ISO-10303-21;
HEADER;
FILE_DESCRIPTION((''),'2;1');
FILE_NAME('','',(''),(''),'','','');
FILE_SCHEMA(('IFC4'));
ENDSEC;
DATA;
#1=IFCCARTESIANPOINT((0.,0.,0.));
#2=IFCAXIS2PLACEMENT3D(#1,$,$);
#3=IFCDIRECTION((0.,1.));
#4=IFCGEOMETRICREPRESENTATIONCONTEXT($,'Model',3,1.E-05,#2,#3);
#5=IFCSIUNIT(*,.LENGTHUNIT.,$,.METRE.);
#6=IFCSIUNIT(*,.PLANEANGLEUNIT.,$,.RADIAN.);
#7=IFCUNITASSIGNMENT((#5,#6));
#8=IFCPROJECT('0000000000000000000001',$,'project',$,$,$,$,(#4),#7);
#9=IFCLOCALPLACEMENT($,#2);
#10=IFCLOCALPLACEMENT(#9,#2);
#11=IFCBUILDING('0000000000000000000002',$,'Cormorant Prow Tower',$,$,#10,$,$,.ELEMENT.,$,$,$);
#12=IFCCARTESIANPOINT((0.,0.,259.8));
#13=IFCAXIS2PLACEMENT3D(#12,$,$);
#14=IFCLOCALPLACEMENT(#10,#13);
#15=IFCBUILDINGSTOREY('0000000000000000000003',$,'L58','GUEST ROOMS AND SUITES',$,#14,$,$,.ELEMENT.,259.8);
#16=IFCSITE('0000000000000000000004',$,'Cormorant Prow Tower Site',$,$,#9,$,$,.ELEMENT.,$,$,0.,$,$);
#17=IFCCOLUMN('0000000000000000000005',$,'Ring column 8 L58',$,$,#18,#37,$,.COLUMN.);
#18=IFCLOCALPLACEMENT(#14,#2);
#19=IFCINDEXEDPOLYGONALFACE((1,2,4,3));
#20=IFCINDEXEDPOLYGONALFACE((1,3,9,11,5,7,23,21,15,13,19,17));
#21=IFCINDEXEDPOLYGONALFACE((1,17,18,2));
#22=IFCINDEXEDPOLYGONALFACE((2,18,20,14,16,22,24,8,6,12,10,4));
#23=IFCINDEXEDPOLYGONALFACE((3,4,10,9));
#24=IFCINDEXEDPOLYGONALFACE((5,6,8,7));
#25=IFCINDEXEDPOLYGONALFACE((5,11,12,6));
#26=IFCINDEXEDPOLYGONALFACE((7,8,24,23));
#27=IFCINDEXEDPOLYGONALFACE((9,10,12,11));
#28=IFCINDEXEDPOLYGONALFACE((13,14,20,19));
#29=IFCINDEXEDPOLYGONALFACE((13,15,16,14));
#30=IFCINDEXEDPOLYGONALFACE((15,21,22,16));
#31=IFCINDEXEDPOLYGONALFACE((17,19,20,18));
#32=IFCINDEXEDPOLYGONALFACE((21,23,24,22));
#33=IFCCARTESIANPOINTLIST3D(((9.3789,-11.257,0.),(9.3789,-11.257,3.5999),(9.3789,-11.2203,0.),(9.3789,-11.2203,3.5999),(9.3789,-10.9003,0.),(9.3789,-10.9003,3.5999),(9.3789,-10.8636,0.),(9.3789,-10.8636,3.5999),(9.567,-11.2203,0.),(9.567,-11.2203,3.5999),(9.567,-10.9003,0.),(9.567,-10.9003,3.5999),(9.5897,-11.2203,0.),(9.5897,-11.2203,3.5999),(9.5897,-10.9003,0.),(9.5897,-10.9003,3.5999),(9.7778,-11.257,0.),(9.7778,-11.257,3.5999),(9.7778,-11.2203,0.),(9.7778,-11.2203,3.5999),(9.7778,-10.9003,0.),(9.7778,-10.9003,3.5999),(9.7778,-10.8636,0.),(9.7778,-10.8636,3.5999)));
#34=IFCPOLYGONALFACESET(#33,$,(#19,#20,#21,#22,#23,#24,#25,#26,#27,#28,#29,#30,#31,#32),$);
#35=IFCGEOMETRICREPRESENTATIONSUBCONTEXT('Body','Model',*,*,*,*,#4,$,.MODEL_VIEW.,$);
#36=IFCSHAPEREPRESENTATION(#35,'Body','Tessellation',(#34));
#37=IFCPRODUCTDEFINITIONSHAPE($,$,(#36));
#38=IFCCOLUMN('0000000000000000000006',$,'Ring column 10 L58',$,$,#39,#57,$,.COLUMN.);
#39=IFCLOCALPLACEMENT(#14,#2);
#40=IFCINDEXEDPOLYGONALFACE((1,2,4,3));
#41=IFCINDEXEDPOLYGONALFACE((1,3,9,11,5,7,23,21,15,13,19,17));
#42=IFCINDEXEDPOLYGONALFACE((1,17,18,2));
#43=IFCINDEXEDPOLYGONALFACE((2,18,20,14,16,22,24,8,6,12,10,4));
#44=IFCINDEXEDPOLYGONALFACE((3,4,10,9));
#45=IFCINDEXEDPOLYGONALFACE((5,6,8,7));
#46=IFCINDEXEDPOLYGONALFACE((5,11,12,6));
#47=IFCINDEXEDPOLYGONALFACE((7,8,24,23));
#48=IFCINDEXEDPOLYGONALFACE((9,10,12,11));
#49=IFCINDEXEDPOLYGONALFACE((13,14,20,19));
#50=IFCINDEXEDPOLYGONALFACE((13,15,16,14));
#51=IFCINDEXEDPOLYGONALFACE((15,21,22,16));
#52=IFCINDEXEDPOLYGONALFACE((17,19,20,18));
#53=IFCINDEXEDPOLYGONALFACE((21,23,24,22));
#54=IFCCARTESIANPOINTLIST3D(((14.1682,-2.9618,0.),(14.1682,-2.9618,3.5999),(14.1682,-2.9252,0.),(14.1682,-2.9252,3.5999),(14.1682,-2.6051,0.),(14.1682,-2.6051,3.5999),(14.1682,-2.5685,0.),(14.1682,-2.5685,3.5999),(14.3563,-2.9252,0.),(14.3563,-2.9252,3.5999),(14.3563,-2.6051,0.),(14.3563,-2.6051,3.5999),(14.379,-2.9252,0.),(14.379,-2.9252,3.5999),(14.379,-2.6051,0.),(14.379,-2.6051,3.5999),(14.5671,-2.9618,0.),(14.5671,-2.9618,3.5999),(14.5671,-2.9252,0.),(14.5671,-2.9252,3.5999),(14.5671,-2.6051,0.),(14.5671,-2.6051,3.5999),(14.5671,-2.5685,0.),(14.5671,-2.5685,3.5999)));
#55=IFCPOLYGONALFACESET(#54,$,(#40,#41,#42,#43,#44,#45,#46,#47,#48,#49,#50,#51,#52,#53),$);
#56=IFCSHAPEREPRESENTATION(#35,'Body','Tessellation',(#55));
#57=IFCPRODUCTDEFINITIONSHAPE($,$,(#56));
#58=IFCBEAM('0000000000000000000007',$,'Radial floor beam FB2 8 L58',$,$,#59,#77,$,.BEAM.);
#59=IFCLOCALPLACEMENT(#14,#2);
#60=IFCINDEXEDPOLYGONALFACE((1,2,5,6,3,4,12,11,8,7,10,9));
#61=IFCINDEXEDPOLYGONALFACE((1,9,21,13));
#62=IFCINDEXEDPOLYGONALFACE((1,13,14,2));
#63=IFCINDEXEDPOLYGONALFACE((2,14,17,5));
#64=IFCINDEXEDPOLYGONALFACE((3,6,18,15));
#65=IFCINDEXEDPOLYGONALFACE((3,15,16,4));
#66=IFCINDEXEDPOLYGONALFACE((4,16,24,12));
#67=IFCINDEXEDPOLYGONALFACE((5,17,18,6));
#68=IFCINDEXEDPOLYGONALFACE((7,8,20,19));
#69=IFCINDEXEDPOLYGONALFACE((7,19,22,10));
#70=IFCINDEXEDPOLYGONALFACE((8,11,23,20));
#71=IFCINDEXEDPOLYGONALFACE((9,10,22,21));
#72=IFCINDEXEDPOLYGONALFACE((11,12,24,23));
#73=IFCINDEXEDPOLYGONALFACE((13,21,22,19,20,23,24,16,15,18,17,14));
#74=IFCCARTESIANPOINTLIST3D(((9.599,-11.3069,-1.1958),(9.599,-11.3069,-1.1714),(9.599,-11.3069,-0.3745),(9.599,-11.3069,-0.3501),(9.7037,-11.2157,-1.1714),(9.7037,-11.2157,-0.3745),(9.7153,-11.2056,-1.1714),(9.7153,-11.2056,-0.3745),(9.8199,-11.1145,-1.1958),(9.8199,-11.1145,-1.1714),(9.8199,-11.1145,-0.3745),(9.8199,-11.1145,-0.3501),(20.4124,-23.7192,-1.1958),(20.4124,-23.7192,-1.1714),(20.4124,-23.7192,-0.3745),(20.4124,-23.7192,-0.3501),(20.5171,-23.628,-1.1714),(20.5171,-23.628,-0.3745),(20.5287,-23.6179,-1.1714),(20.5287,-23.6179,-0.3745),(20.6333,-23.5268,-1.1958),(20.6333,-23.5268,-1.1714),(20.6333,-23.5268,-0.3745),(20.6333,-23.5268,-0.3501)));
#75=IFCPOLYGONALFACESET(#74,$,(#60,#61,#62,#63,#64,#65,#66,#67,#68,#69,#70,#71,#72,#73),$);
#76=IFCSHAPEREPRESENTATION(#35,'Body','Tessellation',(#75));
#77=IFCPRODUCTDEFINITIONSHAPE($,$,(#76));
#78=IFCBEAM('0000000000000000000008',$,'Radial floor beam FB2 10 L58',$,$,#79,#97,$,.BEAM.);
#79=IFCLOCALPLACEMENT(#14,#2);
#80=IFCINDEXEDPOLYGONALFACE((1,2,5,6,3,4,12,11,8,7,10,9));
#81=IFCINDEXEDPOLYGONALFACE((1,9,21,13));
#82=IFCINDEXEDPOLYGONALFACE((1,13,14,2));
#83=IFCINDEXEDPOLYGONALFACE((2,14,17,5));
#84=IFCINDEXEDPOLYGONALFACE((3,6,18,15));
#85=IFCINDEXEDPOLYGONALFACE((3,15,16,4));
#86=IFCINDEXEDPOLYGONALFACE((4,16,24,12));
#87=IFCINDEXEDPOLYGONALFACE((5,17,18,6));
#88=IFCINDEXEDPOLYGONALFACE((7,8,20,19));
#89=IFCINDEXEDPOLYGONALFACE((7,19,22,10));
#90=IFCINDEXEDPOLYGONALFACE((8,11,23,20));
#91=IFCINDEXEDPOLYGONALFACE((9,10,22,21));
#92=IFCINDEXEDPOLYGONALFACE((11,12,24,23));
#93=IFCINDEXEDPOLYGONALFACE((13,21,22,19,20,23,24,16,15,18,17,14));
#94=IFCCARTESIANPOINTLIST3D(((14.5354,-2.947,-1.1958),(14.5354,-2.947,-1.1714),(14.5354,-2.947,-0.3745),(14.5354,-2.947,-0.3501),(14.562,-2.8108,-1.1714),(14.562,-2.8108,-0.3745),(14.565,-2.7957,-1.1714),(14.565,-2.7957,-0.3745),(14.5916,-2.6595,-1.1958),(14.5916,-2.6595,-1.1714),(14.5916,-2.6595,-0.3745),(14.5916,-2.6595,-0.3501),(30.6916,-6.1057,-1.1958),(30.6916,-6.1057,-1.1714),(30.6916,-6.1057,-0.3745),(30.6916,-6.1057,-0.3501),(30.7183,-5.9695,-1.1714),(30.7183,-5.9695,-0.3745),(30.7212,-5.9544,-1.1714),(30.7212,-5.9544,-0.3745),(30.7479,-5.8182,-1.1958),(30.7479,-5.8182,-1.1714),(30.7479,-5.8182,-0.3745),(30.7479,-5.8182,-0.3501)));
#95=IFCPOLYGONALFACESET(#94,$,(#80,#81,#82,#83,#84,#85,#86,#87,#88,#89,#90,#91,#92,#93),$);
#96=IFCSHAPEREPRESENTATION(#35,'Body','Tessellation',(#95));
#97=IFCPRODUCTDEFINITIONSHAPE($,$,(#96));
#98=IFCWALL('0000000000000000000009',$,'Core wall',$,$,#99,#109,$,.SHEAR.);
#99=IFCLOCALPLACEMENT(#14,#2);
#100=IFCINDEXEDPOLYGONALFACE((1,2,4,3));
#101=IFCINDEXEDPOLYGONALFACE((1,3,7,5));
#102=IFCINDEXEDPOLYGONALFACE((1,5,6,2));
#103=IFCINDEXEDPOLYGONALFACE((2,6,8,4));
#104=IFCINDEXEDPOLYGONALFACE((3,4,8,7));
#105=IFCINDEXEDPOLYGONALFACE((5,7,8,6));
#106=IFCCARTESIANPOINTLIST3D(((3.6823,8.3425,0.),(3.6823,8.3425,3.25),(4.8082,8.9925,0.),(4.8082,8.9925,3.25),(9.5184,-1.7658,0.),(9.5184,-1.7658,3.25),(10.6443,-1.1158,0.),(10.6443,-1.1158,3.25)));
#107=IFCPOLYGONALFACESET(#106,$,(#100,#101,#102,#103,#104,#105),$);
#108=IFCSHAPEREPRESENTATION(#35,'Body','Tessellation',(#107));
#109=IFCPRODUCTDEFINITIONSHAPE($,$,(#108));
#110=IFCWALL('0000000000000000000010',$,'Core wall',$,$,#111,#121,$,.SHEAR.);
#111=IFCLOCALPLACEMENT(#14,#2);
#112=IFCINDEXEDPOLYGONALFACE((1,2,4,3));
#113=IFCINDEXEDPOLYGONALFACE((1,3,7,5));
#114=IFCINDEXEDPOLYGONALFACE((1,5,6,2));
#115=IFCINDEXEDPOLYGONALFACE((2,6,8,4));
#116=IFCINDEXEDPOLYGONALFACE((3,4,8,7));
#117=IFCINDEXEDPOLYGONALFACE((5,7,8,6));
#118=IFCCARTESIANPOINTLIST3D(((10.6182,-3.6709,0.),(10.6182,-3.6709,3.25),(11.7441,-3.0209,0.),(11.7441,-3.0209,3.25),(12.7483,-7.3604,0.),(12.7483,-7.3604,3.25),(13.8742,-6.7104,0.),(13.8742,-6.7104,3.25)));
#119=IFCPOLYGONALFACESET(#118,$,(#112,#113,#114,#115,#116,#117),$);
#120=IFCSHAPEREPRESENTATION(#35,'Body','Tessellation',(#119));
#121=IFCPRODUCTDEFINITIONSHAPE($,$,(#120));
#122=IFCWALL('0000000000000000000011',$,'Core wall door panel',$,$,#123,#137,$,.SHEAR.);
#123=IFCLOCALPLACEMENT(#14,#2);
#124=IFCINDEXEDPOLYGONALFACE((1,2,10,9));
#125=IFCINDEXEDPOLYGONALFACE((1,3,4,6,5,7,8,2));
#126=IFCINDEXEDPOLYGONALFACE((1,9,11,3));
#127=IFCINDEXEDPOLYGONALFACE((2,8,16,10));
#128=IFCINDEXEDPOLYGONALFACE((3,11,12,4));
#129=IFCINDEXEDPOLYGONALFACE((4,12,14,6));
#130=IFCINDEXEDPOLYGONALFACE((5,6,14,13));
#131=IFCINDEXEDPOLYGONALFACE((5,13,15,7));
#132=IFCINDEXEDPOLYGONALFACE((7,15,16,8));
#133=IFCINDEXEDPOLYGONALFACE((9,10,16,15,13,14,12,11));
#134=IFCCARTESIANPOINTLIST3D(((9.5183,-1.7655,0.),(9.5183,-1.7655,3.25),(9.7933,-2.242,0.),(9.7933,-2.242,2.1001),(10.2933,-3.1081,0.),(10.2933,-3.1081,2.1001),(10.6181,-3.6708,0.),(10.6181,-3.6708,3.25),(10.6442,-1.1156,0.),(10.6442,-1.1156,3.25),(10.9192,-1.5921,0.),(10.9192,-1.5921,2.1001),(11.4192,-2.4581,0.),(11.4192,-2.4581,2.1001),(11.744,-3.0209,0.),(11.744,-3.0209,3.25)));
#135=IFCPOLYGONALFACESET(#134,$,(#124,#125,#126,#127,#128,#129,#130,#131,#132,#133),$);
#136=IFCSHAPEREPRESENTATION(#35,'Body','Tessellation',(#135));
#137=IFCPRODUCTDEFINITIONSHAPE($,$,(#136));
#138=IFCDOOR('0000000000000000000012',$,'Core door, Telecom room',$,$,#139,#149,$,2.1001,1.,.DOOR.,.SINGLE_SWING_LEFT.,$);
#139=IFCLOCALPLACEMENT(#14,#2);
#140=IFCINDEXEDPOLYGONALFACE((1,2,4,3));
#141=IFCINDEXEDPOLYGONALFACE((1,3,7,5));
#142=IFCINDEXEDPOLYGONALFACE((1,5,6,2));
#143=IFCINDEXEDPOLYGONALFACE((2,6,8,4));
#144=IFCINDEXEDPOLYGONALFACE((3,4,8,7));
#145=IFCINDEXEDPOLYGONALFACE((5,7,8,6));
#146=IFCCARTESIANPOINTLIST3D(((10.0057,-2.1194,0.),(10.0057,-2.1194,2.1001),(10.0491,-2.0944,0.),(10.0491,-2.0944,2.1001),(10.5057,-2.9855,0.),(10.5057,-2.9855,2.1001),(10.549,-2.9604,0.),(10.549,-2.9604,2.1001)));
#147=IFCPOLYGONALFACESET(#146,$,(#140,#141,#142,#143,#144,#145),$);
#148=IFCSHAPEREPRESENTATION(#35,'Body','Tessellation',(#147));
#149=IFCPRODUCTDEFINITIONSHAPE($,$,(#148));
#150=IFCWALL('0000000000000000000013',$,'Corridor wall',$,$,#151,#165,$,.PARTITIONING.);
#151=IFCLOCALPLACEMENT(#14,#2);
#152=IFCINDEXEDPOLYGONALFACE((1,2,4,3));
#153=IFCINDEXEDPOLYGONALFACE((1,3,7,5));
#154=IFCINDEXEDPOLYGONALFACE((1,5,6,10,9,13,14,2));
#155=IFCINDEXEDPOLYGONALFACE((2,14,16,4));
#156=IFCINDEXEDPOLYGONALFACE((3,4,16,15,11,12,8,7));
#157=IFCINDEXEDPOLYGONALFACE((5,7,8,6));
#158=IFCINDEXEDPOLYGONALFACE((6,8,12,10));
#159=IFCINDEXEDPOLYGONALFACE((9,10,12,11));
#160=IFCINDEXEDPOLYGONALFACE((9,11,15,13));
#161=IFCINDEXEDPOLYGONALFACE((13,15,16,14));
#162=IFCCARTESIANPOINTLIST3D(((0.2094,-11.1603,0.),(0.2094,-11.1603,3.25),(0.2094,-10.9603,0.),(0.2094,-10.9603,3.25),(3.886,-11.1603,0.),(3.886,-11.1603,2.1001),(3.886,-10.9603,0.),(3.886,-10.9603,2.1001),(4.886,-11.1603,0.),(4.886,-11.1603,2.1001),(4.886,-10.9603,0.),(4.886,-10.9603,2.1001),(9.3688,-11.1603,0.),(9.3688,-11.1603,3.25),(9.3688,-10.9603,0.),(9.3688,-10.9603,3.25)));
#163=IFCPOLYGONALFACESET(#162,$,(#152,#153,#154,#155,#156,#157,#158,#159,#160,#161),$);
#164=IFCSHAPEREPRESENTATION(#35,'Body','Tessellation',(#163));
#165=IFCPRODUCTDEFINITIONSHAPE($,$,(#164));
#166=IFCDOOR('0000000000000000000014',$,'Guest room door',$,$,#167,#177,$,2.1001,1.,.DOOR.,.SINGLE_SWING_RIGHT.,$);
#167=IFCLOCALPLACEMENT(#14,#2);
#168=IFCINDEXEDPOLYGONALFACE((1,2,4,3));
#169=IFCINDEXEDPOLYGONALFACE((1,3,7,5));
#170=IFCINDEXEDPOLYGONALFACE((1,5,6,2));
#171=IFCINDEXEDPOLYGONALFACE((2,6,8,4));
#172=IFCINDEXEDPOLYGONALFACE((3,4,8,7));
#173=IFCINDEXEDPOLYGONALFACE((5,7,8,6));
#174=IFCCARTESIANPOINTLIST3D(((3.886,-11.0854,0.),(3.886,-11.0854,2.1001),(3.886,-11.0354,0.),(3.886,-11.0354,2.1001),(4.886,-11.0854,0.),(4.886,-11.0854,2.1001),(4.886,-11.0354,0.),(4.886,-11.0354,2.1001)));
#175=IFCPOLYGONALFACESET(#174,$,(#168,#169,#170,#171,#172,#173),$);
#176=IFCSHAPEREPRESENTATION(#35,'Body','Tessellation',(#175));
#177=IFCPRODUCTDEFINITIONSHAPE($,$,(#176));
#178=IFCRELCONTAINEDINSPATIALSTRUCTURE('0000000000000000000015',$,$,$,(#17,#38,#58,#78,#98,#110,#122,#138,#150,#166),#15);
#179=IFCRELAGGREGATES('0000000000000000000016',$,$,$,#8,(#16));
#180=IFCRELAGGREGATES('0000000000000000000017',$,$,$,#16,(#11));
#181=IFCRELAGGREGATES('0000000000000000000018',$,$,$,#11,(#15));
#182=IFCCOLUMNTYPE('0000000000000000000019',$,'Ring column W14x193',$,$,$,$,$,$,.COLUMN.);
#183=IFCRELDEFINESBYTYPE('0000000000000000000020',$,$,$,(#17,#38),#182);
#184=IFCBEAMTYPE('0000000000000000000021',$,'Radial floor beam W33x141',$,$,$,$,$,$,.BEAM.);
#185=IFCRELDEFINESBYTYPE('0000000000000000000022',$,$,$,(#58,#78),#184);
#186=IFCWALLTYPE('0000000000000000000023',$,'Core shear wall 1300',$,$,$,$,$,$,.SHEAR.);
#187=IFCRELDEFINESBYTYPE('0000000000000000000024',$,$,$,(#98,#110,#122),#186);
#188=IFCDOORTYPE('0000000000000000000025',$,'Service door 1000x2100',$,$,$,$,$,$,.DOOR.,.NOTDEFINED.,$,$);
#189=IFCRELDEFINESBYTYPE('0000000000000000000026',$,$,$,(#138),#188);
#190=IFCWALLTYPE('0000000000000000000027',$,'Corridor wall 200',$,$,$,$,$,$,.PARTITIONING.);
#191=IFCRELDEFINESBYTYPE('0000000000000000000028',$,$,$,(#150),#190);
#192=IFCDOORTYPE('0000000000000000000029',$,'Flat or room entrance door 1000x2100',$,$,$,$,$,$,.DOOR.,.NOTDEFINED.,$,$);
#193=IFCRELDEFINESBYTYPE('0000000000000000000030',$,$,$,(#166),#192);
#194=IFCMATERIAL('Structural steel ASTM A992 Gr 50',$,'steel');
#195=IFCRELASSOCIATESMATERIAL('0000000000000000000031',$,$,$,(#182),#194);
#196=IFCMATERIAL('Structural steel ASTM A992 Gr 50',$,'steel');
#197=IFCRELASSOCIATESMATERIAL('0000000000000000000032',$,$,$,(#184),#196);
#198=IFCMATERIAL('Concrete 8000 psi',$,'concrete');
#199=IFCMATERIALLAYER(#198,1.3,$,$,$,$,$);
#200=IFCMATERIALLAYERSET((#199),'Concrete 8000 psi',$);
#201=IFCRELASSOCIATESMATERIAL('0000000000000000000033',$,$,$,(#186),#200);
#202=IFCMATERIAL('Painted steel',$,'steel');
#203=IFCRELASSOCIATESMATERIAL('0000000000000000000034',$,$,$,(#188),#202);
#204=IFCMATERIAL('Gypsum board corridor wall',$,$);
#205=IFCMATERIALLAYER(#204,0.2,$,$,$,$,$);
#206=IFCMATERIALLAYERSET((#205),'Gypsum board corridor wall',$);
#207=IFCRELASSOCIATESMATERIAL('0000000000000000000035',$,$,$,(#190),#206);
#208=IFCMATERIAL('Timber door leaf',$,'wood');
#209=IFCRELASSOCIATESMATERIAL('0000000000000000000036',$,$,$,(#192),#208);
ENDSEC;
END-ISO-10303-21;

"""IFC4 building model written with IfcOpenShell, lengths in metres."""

from ifc_helpers import new_model, si_unit, direction, frame, frame_2d, origin, origin_2d, place, context, subcontext, project, spatial, rectangle, i_section, extrude, material, layer, layer_set, material_profile, profile_set, type_object, element, fill, save


model = new_model("IFC4")

# Units and contexts
model_context = context("Model", 3, precision=1e-05, world=origin(), true_north=direction((0.0, 1.0)))
body_context = subcontext(model_context, "Body", "Model", "MODEL_VIEW")
ifc_project = project(units=[si_unit("LENGTHUNIT", "METRE"), si_unit("PLANEANGLEUNIT", "RADIAN")], contexts=[model_context])

# Site, building, storey
site_placement = place(None, origin())
site = spatial("IfcSite", under=ifc_project, at=site_placement, Name="Cormorant Prow Tower Site", CompositionType="ELEMENT", RefElevation=0.0)
building_placement = place(site_placement, origin())
building = spatial("IfcBuilding", under=site, at=building_placement, Name="Cormorant Prow Tower", CompositionType="ELEMENT")
storey_placement = place(building_placement, frame((0.0, 0.0, 259.8)))
storey = spatial("IfcBuildingStorey", under=building, at=storey_placement, Name="L58", Description="GUEST ROOMS AND SUITES", CompositionType="ELEMENT", Elevation=259.8)

# Columns
ifc_material_1 = material(Name="Structural steel ASTM A992 Gr 50", Category="steel")
ifc_material_profile_1 = material_profile(ifc_material_1, i_section(OverallWidth=0.3989, OverallDepth=0.3933, WebThickness=0.0227, FlangeThickness=0.0366, at=origin_2d()), Name="W14x193")
ifc_profile_set_1 = profile_set([ifc_material_profile_1], Name="Structural steel ASTM A992 Gr 50")
column_type = type_object("IfcColumnType", Name="Ring column W14x193", PredefinedType="COLUMN", material=ifc_profile_set_1)
for number, where, z_axis, x_axis, name in (
    (1, (9.5784, -11.0603, 0.0), (0.0, 0.0, 1.0), (1.0, 0.0, 0.0), "Ring column 8 L58"),
    (2, (14.3677, -2.7651, 0.0), (0.0, 0.0, 1.0), (1.0, 0.0, 0.0), "Ring column 10 L58"),
):
    element("IfcColumn", number, at=place(storey_placement, frame(where, z_axis=z_axis, x_axis=x_axis)), inside=storey, type_object=column_type, Name=name, PredefinedType="COLUMN", context=body_context, shape_type="SweptSolid", body=[
        extrude(i_section(OverallWidth=0.3989, OverallDepth=0.3933, WebThickness=0.0227, FlangeThickness=0.0366, at=origin_2d()), origin(), (0.0, 0.0, 1.0), 3.5999),
    ])

# Beams
ifc_material_2 = material(Name="Structural steel ASTM A992 Gr 50", Category="steel")
ifc_material_profile_2 = material_profile(ifc_material_2, i_section(OverallWidth=0.293, OverallDepth=0.8457, WebThickness=0.0154, FlangeThickness=0.0244, at=origin_2d()), Name="W33x141")
ifc_profile_set_2 = profile_set([ifc_material_profile_2], Name="Structural steel ASTM A992 Gr 50")
beam_type = type_object("IfcBeamType", Name="Radial floor beam W33x141", PredefinedType="BEAM", material=ifc_profile_set_2)
beam_1_placement = place(storey_placement, frame((9.7095, -11.2107, -0.7729), z_axis=(0.656875, -0.754, 0.0), x_axis=(0.754, 0.656875, 0.0)))
element("IfcBeam", 3, at=beam_1_placement, inside=storey, type_object=beam_type, Name="Radial floor beam FB2 8 L58", PredefinedType="BEAM", context=body_context, shape_type="SweptSolid", body=[
    extrude(i_section(OverallWidth=0.293, OverallDepth=0.8457, WebThickness=0.0154, FlangeThickness=0.0244, at=origin_2d()), origin(), (0.0, 0.0, 1.0), 16.4619),
])
beam_2_placement = place(storey_placement, frame((14.5635, -2.8032, -0.7729), z_axis=(0.981419, -0.191876, 0.0), x_axis=(0.191876, 0.981419, 0.0)))
element("IfcBeam", 4, at=beam_2_placement, inside=storey, type_object=beam_type, Name="Radial floor beam FB2 10 L58", PredefinedType="BEAM", context=body_context, shape_type="SweptSolid", body=[
    extrude(i_section(OverallWidth=0.293, OverallDepth=0.8457, WebThickness=0.0154, FlangeThickness=0.0244, at=origin_2d()), origin(), (0.0, 0.0, 1.0), 16.4622),
])

# Walls
ifc_material_3 = material(Name="Concrete 8000 psi", Category="concrete")
ifc_layer_1 = layer(ifc_material_3, 1.3)
ifc_layer_set_1 = layer_set([ifc_layer_1], Name="Concrete 8000 psi")
wall_type_1 = type_object("IfcWallType", Name="Core shear wall 1300", PredefinedType="SHEAR", material=ifc_layer_set_1)
wall_1_placement = place(storey_placement, frame((10.0813, -1.4407, 0.0), z_axis=(0.0, 0.0, 1.0), x_axis=(-0.500006, 0.866022, 0.0)))
element("IfcWall", 5, at=wall_1_placement, inside=storey, type_object=wall_type_1, Name="Core wall", PredefinedType="SHEAR", context=body_context, shape_type="SweptSolid", body=[
    extrude(rectangle(XDim=11.6721, YDim=1.3, at=frame_2d((5.8359, 0.0))), origin(), (0.0, 0.0, 1.0), 3.25),
])
wall_2_placement = place(storey_placement, frame((13.3113, -7.0354, 0.0), z_axis=(0.0, 0.0, 1.0), x_axis=(-0.500004, 0.866023, 0.0)))
element("IfcWall", 6, at=wall_2_placement, inside=storey, type_object=wall_type_1, Name="Core wall", PredefinedType="SHEAR", context=body_context, shape_type="SweptSolid", body=[
    extrude(rectangle(XDim=4.2603, YDim=1.3, at=frame_2d((2.1301, 0.0))), origin(), (0.0, 0.0, 1.0), 3.25),
])

# Walls, openings, doors
wall_3_placement = place(storey_placement, frame((11.1812, -3.3459, 0.0), z_axis=(0.0, 0.0, 1.0), x_axis=(-0.499947, 0.866056, 0.0)))
wall_3 = element("IfcWall", 7, at=wall_3_placement, inside=storey, type_object=wall_type_1, Name="Core wall door panel", PredefinedType="SHEAR", context=body_context, shape_type="SweptSolid", body=[
    extrude(rectangle(XDim=2.2, YDim=1.3, at=frame_2d((1.1001, 0.0))), origin(), (0.0, 0.0, 1.0), 3.25),
])
opening_1_placement = place(wall_3_placement, frame((0.6499, 0.0, 0.0)))
opening_1 = element("IfcOpeningElement", 8, at=opening_1_placement, cuts=wall_3, PredefinedType="OPENING", context=body_context, shape_type="SweptSolid", body=[
    extrude(rectangle(XDim=1.0, YDim=2.1001, at=frame_2d((0.5, 1.05))), frame((0.0, 0.6599, 0.0), z_axis=(0.0, -1.0, 0.0), x_axis=(1.0, 0.0, 0.0)), (0.0, 0.0, 1.0), 1.3201),
])
ifc_material_4 = material(Name="Painted steel", Category="steel")
door_type_1 = type_object("IfcDoorType", Name="Service door 1000x2100", OperationType="NOTDEFINED", PredefinedType="DOOR", material=ifc_material_4)
door_1_placement = place(opening_1_placement, origin())
door_1 = element("IfcDoor", 9, at=door_1_placement, inside=storey, type_object=door_type_1, Name="Core door, Telecom room", OperationType="SINGLE_SWING_LEFT", OverallHeight=2.1001, OverallWidth=1.0, PredefinedType="DOOR", context=body_context, shape_type="SweptSolid", body=[
    extrude(rectangle(XDim=1.0, YDim=2.1001, at=frame_2d((0.5, 1.05))), frame((0.0, 0.4048, 0.0), z_axis=(0.0, -1.0, 0.0), x_axis=(1.0, 0.0, 0.0)), (0.0, 0.0, 1.0), 0.05),
])
fill(opening_1, door_1)
ifc_material_5 = material(Name="Gypsum board corridor wall")
ifc_layer_2 = layer(ifc_material_5, 0.2)
ifc_layer_set_2 = layer_set([ifc_layer_2], Name="Gypsum board corridor wall")
wall_type_2 = type_object("IfcWallType", Name="Corridor wall 200", PredefinedType="PARTITIONING", material=ifc_layer_set_2)
wall_4_placement = place(storey_placement, frame((0.2095, -11.0603, 0.0), z_axis=(0.0, 0.0, 1.0), x_axis=(1.0, 0.0, 0.0)))
wall_4 = element("IfcWall", 10, at=wall_4_placement, inside=storey, type_object=wall_type_2, Name="Corridor wall", PredefinedType="PARTITIONING", context=body_context, shape_type="SweptSolid", body=[
    extrude(rectangle(XDim=9.1594, YDim=0.2, at=frame_2d((4.5796, 0.0))), origin(), (0.0, 0.0, 1.0), 3.25),
])
opening_2_placement = place(wall_4_placement, frame((3.6765, 0.0, 0.0)))
opening_2 = element("IfcOpeningElement", 11, at=opening_2_placement, cuts=wall_4, PredefinedType="OPENING", context=body_context, shape_type="SweptSolid", body=[
    extrude(rectangle(XDim=1.0, YDim=2.1001, at=frame_2d((0.5, 1.05))), frame((0.0, 0.1099, 0.0), z_axis=(0.0, -1.0, 0.0), x_axis=(1.0, 0.0, 0.0)), (0.0, 0.0, 1.0), 0.22),
])
ifc_material_6 = material(Name="Timber door leaf", Category="wood")
door_type_2 = type_object("IfcDoorType", Name="Flat or room entrance door 1000x2100", OperationType="NOTDEFINED", PredefinedType="DOOR", material=ifc_material_6)
door_2_placement = place(opening_2_placement, origin())
door_2 = element("IfcDoor", 12, at=door_2_placement, inside=storey, type_object=door_type_2, Name="Guest room door", OperationType="SINGLE_SWING_RIGHT", OverallHeight=2.1001, OverallWidth=1.0, PredefinedType="DOOR", context=body_context, shape_type="SweptSolid", body=[
    extrude(rectangle(XDim=1.0, YDim=2.1001, at=frame_2d((0.5, 1.05))), frame((0.0, 0.0249, 0.0), z_axis=(0.0, -1.0, 0.0), x_axis=(1.0, 0.0, 0.0)), (0.0, 0.0, 1.0), 0.05),
])
fill(opening_2, door_2)

save(model, "model.ifc")
